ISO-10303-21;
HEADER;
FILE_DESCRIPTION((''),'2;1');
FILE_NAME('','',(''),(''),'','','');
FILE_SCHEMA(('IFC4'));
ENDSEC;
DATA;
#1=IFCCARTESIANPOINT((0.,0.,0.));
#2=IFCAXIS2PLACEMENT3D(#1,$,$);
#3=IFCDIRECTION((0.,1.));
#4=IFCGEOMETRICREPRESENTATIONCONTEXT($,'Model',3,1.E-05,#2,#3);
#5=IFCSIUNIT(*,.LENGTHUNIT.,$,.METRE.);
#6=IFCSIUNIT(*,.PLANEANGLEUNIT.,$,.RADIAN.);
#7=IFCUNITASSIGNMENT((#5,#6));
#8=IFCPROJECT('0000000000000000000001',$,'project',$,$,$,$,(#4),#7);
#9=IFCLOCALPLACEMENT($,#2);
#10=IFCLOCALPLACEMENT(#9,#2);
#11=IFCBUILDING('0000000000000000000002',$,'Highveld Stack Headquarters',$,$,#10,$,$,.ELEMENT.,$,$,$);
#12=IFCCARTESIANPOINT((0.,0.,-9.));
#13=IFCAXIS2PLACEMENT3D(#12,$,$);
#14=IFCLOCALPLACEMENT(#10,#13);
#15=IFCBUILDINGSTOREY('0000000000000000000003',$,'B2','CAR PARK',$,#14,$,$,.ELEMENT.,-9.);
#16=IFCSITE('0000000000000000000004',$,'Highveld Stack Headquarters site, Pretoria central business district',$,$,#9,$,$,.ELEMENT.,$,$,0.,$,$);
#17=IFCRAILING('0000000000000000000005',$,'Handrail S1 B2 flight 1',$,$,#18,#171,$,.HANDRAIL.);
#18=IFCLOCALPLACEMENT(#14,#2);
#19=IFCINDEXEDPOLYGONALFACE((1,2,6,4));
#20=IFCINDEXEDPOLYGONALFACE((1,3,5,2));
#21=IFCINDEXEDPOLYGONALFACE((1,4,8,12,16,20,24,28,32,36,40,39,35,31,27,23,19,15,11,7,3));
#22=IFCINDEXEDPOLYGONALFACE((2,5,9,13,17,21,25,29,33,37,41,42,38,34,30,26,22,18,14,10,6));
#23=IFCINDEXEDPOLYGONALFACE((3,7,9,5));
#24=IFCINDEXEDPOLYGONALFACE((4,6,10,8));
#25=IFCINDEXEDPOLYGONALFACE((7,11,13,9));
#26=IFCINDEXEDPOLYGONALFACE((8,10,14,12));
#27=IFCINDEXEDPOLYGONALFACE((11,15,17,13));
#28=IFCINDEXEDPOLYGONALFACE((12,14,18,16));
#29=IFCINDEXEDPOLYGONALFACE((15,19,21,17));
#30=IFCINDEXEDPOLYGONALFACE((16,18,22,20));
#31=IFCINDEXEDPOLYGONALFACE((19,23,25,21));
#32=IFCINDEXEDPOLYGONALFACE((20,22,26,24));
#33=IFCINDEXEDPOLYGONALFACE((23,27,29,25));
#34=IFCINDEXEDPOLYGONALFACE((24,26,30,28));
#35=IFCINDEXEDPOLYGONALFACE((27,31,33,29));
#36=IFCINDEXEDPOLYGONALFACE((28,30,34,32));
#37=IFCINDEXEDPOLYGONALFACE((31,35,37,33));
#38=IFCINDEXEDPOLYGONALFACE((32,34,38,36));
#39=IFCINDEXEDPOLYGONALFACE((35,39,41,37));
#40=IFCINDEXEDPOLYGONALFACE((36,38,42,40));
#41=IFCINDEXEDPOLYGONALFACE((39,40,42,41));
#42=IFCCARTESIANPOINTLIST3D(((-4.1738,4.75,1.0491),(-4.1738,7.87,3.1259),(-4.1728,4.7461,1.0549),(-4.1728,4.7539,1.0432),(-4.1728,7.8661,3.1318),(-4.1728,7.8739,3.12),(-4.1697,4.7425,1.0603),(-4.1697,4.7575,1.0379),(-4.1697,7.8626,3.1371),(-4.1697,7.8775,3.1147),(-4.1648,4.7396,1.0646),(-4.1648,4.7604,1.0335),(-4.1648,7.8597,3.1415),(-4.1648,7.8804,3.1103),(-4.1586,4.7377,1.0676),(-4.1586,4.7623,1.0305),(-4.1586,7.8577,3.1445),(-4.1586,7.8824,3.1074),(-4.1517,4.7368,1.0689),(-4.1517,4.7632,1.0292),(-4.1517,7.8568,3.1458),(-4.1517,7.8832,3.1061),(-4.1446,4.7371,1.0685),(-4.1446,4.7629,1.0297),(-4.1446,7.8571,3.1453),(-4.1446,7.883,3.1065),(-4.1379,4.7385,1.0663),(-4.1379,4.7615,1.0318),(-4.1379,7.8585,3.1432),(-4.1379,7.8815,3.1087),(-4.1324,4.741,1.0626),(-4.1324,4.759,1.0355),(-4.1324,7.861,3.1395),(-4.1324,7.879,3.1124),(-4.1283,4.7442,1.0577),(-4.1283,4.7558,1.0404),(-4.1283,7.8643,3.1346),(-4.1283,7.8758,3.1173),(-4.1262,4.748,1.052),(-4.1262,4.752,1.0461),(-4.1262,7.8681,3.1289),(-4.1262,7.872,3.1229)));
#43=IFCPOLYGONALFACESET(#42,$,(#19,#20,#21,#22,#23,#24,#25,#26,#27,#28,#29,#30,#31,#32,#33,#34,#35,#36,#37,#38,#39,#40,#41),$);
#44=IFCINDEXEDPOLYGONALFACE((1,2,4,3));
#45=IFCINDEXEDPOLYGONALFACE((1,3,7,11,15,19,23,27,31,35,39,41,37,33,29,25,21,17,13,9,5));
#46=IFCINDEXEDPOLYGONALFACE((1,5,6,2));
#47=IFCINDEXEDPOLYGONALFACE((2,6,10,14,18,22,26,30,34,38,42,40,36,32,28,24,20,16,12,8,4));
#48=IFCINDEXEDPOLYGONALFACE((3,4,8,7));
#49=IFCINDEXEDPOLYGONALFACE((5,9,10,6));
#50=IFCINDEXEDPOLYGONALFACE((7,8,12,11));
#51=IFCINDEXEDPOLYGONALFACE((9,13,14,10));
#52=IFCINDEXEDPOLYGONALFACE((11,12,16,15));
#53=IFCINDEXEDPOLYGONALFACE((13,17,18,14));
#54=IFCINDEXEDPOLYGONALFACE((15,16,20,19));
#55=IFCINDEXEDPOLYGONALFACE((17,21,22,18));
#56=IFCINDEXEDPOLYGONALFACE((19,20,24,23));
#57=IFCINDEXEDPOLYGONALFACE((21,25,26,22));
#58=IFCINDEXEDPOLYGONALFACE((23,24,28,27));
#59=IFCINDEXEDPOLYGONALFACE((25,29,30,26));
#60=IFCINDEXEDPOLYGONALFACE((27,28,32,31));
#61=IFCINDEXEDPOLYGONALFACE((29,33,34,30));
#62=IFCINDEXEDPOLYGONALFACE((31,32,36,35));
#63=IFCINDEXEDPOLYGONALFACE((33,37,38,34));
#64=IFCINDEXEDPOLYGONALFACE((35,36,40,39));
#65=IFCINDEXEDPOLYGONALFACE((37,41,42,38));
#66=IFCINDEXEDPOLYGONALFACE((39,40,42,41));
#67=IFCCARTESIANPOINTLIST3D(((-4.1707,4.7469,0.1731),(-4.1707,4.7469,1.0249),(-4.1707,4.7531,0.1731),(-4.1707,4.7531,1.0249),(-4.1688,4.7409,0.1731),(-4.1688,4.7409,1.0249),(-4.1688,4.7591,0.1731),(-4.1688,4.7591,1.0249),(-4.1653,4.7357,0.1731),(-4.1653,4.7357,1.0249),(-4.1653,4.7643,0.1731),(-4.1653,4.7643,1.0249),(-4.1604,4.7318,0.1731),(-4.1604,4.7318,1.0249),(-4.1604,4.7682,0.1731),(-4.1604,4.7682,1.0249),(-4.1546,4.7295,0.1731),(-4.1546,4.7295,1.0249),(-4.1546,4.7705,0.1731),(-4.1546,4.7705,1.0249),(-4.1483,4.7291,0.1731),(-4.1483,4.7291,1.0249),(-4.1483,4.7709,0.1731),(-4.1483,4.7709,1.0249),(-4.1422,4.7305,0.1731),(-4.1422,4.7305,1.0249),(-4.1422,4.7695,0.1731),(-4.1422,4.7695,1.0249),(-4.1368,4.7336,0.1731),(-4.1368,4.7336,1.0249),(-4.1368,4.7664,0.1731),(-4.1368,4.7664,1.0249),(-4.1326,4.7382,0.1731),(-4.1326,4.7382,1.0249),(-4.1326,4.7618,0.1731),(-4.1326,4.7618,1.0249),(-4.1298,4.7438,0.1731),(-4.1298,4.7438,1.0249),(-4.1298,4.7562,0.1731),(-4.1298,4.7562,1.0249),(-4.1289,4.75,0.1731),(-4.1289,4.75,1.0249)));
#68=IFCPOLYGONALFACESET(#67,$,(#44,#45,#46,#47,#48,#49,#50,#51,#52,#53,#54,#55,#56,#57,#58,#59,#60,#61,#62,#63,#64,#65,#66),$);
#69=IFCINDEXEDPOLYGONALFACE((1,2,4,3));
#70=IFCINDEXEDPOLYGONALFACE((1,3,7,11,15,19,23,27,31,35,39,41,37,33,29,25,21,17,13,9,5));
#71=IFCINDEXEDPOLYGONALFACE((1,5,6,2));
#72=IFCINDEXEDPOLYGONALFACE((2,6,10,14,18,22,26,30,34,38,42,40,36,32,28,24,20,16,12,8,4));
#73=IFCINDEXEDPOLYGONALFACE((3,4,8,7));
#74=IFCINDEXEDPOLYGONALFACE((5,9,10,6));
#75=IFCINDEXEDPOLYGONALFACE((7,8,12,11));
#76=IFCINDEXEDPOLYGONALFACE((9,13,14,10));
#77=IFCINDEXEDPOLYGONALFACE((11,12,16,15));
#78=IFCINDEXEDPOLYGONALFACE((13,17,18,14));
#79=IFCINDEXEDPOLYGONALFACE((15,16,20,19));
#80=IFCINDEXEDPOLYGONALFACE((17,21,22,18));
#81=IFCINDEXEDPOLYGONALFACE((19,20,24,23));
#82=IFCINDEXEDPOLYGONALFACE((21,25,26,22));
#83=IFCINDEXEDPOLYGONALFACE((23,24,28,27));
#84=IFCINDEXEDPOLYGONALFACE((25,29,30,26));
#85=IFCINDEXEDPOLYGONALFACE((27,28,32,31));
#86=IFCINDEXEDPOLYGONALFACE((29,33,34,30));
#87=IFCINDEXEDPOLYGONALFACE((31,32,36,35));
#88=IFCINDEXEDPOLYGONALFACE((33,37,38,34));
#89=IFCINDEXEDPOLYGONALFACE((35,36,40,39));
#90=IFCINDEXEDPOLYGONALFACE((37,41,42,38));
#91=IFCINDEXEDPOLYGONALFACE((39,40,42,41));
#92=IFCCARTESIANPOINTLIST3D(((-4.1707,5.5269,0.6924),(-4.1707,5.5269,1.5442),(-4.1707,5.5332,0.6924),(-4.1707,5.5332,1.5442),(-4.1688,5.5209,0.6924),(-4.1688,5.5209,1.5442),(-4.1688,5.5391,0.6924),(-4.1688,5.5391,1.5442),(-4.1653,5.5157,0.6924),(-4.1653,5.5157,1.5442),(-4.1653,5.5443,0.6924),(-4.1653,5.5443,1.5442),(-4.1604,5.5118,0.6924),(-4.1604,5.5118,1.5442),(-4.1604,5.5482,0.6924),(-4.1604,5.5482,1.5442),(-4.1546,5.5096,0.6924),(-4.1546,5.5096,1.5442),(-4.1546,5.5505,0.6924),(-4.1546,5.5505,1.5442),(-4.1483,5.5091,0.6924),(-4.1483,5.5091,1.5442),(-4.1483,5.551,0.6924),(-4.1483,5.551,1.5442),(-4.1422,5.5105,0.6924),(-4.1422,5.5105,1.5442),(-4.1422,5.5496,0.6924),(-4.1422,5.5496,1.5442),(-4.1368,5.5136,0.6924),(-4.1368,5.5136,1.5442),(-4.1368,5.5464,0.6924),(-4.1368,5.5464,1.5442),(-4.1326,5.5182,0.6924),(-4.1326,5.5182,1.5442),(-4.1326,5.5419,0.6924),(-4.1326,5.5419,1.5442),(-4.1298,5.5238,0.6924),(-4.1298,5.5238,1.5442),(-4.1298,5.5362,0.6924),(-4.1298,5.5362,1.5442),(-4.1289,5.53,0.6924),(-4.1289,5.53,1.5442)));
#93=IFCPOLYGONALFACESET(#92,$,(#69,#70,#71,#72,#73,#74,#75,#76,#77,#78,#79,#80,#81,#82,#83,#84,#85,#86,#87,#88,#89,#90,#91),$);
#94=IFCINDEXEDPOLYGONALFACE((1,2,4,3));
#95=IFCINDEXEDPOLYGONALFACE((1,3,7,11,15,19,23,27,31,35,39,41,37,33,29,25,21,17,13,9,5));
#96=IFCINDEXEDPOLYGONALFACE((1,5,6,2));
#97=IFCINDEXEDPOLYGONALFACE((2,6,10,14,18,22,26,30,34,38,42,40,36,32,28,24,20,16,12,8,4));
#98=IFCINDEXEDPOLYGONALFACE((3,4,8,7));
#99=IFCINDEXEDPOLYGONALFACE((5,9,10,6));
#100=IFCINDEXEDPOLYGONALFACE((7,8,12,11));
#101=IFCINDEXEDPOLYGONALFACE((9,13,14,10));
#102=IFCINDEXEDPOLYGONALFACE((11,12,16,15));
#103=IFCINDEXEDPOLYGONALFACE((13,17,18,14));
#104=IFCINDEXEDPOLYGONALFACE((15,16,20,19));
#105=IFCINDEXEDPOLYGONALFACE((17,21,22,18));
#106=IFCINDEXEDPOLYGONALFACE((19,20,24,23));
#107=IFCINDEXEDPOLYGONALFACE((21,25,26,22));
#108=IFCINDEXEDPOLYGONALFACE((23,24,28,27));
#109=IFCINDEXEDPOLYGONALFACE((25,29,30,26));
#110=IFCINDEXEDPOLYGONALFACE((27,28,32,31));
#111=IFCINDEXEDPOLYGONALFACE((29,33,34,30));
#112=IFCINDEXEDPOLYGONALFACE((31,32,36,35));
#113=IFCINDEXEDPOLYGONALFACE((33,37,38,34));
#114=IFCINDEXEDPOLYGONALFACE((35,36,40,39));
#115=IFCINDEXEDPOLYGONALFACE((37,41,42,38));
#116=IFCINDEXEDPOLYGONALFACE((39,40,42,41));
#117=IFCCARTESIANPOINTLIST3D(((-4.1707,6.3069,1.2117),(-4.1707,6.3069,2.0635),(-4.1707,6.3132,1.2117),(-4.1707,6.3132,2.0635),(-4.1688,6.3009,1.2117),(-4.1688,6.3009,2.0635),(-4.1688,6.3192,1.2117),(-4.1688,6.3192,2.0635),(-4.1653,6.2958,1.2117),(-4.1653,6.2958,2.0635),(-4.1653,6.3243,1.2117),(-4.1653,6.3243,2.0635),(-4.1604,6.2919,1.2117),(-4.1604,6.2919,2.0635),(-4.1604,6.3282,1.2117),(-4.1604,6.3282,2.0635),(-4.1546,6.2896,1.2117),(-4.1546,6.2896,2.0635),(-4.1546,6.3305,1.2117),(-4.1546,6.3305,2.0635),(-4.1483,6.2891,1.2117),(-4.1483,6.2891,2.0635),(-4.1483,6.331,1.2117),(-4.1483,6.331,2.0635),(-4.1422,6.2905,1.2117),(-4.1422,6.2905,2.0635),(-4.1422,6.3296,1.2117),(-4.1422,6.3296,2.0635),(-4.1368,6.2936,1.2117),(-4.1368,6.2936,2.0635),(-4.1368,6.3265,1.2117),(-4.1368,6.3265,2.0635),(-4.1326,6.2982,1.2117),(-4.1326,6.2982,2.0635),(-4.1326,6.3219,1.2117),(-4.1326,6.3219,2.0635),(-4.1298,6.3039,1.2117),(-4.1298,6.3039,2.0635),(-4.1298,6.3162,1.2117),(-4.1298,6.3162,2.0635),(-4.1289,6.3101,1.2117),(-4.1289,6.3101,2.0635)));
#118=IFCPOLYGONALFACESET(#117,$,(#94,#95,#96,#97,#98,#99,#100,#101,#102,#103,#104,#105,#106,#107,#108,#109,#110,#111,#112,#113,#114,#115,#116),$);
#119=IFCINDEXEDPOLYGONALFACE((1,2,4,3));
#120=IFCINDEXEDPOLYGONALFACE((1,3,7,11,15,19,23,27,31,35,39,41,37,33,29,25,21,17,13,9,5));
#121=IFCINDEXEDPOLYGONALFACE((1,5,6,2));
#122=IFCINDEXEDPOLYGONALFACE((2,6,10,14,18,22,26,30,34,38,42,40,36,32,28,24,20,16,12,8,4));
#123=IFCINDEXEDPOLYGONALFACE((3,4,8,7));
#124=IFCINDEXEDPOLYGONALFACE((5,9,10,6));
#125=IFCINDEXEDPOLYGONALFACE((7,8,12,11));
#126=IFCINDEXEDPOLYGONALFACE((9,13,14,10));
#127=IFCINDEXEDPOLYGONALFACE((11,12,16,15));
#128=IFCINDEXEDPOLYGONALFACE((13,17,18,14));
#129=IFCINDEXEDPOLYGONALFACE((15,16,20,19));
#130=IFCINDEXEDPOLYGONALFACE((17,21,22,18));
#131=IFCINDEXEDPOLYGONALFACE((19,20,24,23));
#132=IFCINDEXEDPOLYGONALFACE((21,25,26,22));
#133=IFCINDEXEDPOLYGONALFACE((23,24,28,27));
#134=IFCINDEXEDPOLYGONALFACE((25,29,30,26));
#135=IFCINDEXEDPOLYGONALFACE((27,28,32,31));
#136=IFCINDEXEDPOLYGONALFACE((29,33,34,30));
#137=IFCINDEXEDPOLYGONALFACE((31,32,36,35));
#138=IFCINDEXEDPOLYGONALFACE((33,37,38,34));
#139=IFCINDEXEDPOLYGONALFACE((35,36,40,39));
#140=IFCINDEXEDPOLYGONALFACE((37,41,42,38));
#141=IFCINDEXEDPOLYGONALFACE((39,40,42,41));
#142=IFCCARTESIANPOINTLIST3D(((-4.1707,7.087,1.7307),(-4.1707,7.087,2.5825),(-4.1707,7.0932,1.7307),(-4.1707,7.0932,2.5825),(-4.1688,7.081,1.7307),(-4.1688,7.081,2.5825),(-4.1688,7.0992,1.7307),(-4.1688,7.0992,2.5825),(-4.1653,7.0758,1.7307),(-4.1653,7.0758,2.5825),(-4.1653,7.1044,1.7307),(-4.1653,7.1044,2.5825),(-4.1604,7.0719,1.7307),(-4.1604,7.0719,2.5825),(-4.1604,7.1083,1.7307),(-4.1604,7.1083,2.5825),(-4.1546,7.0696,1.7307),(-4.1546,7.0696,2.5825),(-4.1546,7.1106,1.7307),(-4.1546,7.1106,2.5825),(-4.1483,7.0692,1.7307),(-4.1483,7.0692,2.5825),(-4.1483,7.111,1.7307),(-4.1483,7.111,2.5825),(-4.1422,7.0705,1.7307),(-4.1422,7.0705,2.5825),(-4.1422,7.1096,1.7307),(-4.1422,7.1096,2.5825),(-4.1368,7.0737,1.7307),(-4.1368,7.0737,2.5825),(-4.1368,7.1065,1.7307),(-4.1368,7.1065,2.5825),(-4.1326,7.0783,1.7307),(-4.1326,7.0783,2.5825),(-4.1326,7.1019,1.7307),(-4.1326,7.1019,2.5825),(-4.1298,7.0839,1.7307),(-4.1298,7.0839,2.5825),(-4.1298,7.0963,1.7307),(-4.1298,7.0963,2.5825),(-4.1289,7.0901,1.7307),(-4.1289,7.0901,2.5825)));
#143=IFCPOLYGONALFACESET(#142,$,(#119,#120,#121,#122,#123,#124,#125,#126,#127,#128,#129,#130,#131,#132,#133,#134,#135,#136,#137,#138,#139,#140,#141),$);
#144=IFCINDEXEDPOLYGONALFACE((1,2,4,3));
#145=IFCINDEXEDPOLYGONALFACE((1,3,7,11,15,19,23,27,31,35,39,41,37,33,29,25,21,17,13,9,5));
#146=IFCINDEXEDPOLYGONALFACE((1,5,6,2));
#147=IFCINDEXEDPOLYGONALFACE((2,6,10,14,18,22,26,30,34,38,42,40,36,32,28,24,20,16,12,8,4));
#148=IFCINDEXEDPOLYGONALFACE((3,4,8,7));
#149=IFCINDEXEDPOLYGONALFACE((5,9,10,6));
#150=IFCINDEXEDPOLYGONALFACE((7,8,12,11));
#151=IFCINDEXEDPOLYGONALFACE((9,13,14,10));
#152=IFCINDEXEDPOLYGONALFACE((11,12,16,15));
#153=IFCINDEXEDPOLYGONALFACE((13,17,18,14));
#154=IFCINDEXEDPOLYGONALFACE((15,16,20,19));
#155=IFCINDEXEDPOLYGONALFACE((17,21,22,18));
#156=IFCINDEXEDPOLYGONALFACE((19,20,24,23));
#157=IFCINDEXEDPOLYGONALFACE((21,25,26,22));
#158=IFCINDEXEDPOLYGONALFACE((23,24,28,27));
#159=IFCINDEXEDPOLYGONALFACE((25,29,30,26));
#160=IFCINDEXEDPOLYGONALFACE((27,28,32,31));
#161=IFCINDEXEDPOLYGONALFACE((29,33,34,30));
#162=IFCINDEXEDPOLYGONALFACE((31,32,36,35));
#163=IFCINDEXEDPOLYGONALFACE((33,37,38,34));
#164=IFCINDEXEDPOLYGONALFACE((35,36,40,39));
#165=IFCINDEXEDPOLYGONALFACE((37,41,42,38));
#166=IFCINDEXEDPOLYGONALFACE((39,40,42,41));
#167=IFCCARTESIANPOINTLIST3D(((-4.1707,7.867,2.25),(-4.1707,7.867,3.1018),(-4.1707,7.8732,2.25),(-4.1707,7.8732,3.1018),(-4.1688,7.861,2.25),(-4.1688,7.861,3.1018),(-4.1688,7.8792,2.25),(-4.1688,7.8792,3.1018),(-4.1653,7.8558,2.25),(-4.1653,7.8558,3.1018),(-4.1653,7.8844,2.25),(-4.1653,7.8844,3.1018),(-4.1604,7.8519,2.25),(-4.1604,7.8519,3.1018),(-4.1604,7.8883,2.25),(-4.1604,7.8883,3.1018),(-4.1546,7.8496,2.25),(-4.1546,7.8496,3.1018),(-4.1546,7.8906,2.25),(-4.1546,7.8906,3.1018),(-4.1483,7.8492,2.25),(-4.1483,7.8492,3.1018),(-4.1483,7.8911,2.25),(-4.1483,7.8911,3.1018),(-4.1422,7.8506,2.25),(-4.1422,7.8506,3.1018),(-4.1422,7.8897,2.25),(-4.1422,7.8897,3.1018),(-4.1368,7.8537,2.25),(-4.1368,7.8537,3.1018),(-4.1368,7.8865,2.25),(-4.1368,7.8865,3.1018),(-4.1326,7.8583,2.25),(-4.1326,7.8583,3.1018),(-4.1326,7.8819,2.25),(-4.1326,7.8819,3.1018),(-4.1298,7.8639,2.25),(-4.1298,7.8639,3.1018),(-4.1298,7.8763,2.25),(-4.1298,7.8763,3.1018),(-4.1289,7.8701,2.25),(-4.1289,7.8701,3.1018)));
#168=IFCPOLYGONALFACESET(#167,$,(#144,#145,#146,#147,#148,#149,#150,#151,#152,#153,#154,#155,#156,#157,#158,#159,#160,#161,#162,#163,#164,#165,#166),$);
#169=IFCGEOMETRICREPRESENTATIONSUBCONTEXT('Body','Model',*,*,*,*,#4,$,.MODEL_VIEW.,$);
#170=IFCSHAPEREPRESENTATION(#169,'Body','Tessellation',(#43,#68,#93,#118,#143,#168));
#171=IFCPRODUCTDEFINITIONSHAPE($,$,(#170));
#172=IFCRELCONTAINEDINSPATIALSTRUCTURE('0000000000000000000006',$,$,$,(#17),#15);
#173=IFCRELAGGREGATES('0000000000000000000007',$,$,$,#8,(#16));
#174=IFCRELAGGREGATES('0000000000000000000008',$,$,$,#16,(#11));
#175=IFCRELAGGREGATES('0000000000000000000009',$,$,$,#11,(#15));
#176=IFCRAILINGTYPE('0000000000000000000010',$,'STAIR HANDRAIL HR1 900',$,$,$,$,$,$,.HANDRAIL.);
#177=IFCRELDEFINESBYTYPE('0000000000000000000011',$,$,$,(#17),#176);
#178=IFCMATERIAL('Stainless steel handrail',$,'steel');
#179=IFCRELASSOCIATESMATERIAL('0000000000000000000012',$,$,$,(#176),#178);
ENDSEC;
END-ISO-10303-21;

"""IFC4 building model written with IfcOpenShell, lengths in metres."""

from ifc_helpers import new_model, si_unit, direction, frame, origin, origin_2d, place, context, subcontext, project, spatial, circle, extrude, material, type_object, element, save


model = new_model("IFC4")

# Units and contexts
model_context = context("Model", 3, precision=1e-05, world=origin(), true_north=direction((0.0, 1.0)))
body_context = subcontext(model_context, "Body", "Model", "MODEL_VIEW")
ifc_project = project(units=[si_unit("LENGTHUNIT", "METRE"), si_unit("PLANEANGLEUNIT", "RADIAN")], contexts=[model_context])

# Site, building, storey
site_placement = place(None, origin())
site = spatial("IfcSite", under=ifc_project, at=site_placement, Name="Highveld Stack Headquarters site, Pretoria central business district", CompositionType="ELEMENT", RefElevation=0.0)
building_placement = place(site_placement, origin())
building = spatial("IfcBuilding", under=site, at=building_placement, Name="Highveld Stack Headquarters", CompositionType="ELEMENT")
storey_placement = place(building_placement, frame((0.0, 0.0, -9.0)))
storey = spatial("IfcBuildingStorey", under=building, at=storey_placement, Name="B2", Description="CAR PARK", CompositionType="ELEMENT", Elevation=-9.0)

# Railing
ifc_material_1 = material(Name="Stainless steel handrail", Category="steel")
railing_type = type_object("IfcRailingType", Name="STAIR HANDRAIL HR1 900", PredefinedType="HANDRAIL", material=ifc_material_1)
for number, where, name in (
    (1, (-4.1499, 4.75, 0.1731), "Handrail S1 B2 flight 1"),
):
    element("IfcRailing", number, at=place(storey_placement, frame(where)), inside=storey, type_object=railing_type, Name=name, PredefinedType="HANDRAIL", context=body_context, shape_type="SweptSolid", body=[
        extrude(circle(Radius=0.0239, at=origin_2d()), frame((0.0, 0.0, 0.876), z_axis=(0.0, 0.832441, 0.554114), x_axis=(-1.0, 0.0, 0.0)), (0.0, 0.0, 1.0), 3.748),
        extrude(circle(Radius=0.021, at=origin_2d()), origin(), (0.0, 0.0, 1.0), 0.8518),
        extrude(circle(Radius=0.021, at=origin_2d()), frame((0.0, 0.78, 0.5193)), (0.0, 0.0, 1.0), 0.8518),
        extrude(circle(Radius=0.021, at=origin_2d()), frame((0.0, 1.5601, 1.0386)), (0.0, 0.0, 1.0), 0.8518),
        extrude(circle(Radius=0.021, at=origin_2d()), frame((0.0, 2.3401, 1.5576)), (0.0, 0.0, 1.0), 0.8518),
        extrude(circle(Radius=0.021, at=origin_2d()), frame((0.0, 3.1201, 2.0769)), (0.0, 0.0, 1.0), 0.8518),
    ])

save(model, "model.ifc")
